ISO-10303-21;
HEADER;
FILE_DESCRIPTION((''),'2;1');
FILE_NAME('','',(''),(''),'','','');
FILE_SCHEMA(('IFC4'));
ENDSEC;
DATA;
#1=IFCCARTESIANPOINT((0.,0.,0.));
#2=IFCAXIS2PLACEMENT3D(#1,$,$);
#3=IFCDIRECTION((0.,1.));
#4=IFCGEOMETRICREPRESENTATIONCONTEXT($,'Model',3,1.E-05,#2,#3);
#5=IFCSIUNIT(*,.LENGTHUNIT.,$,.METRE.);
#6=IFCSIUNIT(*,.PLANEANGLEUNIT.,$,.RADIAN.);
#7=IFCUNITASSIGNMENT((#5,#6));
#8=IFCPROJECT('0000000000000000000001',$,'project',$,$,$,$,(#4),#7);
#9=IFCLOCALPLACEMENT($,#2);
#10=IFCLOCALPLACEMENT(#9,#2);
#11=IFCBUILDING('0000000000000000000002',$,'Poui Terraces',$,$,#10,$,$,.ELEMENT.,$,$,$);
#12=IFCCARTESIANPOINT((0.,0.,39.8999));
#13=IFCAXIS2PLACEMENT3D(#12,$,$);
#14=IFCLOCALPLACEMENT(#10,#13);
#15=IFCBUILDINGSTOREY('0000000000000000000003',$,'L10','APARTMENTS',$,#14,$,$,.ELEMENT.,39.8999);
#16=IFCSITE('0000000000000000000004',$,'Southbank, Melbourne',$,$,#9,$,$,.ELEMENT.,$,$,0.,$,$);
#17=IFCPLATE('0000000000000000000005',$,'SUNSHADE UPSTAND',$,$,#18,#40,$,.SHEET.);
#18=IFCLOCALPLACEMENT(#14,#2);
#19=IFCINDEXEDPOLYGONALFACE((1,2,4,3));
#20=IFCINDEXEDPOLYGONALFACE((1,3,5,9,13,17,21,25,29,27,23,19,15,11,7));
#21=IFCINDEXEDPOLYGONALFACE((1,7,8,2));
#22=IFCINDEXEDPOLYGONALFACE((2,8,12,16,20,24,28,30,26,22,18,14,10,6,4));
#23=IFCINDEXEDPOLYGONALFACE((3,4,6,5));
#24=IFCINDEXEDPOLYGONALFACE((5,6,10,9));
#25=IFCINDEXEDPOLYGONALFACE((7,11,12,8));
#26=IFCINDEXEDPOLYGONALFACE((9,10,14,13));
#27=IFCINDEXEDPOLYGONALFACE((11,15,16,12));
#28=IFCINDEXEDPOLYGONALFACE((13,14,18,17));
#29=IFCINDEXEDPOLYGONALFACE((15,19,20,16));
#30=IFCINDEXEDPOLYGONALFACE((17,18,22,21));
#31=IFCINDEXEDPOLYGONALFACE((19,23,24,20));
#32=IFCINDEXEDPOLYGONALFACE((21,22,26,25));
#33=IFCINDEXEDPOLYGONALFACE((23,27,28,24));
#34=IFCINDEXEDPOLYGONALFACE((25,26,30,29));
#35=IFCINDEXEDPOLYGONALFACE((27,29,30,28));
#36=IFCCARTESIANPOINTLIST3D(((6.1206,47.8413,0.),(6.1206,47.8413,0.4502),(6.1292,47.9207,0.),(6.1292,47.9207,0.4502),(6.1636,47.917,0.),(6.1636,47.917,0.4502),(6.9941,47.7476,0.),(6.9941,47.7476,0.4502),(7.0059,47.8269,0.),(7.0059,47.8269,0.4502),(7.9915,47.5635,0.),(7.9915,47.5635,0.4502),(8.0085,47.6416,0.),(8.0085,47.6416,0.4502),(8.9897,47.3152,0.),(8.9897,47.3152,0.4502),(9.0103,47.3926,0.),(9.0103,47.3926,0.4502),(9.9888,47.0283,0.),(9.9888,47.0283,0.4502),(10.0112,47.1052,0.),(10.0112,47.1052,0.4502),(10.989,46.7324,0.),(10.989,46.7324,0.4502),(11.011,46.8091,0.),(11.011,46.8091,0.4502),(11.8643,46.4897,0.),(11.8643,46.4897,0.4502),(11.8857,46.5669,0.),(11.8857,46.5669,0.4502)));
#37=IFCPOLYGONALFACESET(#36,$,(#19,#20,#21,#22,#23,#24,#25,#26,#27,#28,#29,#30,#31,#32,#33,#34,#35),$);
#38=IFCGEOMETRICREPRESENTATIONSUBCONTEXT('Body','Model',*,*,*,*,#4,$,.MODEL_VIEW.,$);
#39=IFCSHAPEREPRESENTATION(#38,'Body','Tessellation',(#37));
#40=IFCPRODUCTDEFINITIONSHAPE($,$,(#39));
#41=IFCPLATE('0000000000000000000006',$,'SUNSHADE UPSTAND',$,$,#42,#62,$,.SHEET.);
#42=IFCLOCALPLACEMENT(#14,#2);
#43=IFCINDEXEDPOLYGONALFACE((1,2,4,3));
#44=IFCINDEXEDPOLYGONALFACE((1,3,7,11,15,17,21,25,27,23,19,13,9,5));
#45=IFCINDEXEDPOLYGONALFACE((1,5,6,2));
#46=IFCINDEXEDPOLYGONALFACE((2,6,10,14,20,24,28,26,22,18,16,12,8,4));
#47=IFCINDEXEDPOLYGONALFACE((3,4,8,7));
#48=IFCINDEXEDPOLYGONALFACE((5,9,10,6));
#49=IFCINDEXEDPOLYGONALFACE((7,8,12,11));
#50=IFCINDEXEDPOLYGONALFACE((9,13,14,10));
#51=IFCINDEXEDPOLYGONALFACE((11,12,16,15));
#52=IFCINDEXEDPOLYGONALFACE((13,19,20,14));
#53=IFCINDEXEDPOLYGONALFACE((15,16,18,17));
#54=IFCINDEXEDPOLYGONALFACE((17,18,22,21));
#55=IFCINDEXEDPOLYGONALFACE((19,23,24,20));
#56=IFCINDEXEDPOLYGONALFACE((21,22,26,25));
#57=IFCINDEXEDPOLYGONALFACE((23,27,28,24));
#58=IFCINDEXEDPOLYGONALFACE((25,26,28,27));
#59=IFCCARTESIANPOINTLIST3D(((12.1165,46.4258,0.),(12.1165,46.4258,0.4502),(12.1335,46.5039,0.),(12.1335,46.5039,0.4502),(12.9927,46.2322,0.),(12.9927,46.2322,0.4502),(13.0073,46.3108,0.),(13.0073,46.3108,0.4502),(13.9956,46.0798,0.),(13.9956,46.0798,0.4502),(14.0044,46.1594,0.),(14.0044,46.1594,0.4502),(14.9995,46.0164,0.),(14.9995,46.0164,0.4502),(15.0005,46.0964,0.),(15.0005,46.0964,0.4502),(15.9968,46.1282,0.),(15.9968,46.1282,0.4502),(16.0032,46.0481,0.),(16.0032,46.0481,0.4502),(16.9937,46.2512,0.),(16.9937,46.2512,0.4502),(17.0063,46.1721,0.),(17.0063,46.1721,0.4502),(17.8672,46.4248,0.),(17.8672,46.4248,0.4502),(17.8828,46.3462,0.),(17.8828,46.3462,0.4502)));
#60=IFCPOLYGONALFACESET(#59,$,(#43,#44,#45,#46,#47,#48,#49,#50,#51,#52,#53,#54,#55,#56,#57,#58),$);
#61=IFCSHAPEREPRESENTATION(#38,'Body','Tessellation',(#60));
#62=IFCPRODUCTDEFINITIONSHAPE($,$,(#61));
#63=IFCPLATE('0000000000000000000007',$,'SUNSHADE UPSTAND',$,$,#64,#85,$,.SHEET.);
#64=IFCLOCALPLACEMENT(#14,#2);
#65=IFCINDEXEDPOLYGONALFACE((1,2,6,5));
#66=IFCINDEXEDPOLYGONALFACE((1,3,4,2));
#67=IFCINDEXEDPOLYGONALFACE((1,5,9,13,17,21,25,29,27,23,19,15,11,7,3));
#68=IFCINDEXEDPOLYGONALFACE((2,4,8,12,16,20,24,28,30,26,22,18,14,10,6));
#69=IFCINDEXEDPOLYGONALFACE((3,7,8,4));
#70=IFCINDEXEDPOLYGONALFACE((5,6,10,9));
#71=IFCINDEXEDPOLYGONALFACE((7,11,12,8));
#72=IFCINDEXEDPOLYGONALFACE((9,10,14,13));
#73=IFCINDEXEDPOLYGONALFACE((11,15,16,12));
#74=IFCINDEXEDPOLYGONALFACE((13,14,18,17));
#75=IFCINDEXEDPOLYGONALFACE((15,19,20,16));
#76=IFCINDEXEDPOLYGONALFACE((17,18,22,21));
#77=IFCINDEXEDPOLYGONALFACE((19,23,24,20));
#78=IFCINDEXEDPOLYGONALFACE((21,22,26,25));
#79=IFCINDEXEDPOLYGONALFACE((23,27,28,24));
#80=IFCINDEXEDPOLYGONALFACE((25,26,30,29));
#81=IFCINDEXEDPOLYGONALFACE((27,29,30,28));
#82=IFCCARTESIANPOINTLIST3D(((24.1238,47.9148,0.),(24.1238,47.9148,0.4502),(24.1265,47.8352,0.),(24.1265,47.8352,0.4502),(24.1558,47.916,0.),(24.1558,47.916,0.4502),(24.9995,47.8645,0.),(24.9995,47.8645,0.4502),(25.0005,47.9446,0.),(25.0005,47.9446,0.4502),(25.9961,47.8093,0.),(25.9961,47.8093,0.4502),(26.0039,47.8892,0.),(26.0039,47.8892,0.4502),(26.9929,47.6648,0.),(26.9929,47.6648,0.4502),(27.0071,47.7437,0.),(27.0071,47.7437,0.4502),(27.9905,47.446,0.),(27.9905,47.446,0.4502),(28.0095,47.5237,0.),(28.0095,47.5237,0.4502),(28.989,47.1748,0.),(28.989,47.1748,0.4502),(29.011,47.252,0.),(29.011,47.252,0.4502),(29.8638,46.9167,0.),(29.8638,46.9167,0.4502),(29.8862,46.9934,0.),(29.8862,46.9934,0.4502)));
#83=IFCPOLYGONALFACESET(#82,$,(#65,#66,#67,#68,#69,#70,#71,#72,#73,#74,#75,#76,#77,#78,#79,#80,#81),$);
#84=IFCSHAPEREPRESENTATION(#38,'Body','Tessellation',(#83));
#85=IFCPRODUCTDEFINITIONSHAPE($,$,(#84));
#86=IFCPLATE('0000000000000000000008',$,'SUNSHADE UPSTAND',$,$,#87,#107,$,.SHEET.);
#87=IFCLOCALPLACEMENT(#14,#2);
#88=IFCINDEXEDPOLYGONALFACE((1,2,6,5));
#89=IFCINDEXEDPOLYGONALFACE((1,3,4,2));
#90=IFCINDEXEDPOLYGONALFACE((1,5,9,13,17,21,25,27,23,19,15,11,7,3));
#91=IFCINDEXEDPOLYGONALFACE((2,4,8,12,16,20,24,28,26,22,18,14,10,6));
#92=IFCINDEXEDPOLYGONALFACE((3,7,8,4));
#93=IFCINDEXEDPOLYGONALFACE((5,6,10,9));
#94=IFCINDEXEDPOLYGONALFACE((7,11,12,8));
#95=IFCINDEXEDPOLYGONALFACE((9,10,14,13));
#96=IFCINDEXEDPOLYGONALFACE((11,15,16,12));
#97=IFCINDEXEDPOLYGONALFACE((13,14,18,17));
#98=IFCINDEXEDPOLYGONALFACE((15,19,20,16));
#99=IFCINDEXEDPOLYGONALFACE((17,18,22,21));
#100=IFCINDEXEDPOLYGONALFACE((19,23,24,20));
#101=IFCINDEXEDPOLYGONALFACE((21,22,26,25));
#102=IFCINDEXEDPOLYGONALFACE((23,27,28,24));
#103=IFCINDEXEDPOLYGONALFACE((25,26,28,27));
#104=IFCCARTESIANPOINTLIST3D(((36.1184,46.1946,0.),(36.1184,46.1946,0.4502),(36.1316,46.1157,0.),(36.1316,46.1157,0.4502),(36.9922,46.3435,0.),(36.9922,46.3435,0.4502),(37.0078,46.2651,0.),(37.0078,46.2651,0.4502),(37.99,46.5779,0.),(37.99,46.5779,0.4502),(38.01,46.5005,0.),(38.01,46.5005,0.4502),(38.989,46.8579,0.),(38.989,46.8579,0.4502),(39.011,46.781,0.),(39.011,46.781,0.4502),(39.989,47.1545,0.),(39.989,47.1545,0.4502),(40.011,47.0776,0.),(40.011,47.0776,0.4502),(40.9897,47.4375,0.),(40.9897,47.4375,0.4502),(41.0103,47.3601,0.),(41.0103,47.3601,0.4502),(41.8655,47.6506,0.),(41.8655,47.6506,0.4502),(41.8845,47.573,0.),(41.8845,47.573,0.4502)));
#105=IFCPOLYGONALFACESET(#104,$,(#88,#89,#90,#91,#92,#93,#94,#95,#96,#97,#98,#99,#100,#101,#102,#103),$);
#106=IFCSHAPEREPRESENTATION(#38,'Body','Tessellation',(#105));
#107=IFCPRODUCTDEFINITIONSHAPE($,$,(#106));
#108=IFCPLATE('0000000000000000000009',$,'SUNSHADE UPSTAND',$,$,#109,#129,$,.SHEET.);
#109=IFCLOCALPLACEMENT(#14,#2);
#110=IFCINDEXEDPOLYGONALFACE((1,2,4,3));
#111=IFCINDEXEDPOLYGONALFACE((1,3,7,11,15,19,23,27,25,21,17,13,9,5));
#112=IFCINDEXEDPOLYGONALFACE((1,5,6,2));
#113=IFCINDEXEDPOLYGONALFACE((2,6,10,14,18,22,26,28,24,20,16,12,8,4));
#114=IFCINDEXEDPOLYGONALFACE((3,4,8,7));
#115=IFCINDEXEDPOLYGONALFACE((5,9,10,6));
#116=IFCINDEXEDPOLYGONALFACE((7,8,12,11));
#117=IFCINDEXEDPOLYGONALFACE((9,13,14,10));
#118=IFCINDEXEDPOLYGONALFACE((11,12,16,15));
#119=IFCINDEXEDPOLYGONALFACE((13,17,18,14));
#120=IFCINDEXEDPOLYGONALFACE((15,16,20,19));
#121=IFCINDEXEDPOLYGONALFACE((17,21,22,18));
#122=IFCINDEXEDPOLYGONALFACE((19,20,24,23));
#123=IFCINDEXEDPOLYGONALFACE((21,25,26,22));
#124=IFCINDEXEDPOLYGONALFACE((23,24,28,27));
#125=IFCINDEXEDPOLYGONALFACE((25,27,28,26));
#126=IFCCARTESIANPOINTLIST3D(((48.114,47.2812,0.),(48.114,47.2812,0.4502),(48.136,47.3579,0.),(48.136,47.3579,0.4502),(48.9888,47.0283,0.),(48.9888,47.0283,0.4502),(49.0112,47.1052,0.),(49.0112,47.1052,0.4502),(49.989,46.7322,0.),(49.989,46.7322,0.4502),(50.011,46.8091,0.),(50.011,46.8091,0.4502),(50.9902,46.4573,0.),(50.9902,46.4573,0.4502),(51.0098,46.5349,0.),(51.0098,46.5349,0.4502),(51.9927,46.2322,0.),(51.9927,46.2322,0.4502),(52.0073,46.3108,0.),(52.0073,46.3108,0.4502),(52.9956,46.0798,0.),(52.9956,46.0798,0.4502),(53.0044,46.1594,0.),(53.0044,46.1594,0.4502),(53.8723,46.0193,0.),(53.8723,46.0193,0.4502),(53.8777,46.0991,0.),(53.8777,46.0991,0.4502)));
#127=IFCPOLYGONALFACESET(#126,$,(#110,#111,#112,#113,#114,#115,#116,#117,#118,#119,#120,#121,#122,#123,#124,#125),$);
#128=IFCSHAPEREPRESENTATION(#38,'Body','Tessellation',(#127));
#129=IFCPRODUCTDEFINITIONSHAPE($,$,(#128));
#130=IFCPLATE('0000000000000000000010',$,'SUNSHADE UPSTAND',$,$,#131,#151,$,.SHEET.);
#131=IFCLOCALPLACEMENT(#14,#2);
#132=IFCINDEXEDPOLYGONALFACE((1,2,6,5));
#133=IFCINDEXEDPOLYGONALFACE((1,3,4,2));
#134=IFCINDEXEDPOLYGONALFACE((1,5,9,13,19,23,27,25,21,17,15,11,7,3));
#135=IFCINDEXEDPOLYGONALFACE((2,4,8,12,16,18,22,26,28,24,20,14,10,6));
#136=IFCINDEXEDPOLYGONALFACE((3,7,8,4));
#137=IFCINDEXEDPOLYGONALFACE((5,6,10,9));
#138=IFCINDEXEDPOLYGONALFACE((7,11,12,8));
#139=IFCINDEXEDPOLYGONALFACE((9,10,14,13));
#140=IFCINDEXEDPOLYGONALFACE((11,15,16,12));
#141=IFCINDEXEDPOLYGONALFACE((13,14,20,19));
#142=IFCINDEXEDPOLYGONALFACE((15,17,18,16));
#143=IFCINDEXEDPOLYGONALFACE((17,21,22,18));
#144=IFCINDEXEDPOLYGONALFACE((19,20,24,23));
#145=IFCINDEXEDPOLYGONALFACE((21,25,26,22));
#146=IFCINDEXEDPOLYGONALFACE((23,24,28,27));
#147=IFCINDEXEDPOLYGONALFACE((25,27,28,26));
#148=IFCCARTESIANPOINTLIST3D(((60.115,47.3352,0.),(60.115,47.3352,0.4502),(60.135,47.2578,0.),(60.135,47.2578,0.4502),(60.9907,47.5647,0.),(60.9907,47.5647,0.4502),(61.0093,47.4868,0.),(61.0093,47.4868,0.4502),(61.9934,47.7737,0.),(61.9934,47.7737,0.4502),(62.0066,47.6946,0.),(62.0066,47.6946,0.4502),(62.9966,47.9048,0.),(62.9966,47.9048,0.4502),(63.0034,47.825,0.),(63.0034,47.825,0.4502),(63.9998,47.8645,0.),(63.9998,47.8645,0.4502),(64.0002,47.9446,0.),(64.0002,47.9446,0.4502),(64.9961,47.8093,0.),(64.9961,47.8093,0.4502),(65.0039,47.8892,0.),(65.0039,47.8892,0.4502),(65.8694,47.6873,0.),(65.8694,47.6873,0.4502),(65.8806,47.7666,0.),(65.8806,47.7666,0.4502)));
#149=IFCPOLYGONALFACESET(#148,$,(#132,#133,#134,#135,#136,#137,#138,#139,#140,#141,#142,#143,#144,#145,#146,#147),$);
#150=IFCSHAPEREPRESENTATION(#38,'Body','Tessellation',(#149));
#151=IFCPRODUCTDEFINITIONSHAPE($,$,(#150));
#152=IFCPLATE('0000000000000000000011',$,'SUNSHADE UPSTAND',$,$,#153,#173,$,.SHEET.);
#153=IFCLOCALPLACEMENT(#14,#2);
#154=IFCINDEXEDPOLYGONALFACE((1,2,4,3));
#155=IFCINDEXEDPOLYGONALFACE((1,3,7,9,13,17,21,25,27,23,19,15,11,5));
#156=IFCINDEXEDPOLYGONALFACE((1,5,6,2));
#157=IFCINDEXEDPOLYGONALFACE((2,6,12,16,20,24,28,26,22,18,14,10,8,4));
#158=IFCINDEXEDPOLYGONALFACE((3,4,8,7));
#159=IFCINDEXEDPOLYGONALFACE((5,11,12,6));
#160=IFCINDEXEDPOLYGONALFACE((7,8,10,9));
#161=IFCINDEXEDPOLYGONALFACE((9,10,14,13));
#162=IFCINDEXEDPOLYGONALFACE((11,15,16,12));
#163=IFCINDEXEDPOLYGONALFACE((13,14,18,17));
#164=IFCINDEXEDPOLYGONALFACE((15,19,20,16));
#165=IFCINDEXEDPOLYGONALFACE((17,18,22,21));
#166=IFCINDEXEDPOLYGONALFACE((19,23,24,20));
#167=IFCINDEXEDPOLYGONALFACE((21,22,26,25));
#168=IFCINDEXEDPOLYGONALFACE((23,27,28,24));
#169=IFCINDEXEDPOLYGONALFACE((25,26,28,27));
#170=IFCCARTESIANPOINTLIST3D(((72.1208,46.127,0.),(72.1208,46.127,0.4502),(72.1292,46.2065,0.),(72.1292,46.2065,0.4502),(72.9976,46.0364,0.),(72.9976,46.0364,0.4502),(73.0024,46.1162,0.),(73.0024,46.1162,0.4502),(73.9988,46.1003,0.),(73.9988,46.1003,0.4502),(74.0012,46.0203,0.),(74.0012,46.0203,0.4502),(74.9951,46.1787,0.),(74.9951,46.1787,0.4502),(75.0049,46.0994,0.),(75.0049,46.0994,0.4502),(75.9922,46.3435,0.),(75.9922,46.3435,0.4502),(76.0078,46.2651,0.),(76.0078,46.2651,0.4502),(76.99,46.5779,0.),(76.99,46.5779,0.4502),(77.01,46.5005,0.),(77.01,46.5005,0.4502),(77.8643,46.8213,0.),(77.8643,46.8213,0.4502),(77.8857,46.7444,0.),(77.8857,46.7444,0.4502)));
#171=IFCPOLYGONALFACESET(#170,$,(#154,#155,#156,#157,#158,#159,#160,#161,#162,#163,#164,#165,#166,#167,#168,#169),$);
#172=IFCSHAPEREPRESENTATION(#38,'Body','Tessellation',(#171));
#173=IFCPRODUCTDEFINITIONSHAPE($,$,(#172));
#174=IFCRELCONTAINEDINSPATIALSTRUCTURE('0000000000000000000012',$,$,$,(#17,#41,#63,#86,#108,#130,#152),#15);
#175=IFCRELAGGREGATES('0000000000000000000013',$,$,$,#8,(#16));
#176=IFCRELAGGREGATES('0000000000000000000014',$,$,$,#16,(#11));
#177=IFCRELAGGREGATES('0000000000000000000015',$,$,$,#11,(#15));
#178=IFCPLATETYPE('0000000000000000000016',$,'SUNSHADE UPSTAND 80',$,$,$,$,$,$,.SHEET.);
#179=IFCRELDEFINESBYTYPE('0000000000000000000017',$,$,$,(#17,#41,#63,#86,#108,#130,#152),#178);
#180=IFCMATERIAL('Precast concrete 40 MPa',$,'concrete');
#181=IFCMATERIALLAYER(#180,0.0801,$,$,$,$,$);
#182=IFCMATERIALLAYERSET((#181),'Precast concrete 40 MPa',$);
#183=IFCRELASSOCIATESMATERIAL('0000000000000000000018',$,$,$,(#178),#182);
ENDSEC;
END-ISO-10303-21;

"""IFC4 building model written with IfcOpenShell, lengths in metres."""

from ifc_helpers import new_model, si_unit, direction, frame, origin, place, context, subcontext, project, spatial, polyline, outline, extrude, material, layer, layer_set, type_object, element, save


model = new_model("IFC4")

# Units and contexts
model_context = context("Model", 3, precision=1e-05, world=origin(), true_north=direction((0.0, 1.0)))
body_context = subcontext(model_context, "Body", "Model", "MODEL_VIEW")
ifc_project = project(units=[si_unit("LENGTHUNIT", "METRE"), si_unit("PLANEANGLEUNIT", "RADIAN")], contexts=[model_context])

# Site, building, storey
site_placement = place(None, origin())
site = spatial("IfcSite", under=ifc_project, at=site_placement, Name="Southbank, Melbourne", CompositionType="ELEMENT", RefElevation=0.0)
building_placement = place(site_placement, origin())
building = spatial("IfcBuilding", under=site, at=building_placement, Name="Poui Terraces", CompositionType="ELEMENT")
storey_placement = place(building_placement, frame((0.0, 0.0, 39.8999)))
storey = spatial("IfcBuildingStorey", under=building, at=storey_placement, Name="L10", Description="APARTMENTS", CompositionType="ELEMENT", Elevation=39.8999)

# Shared definitions
ifc_material_1 = material(Name="Precast concrete 40 MPa", Category="concrete")

# Plates
ifc_layer_1 = layer(ifc_material_1, 0.0801)
ifc_layer_set_1 = layer_set([ifc_layer_1], Name="Precast concrete 40 MPa")
plate_type = type_object("IfcPlateType", Name="SUNSHADE UPSTAND 80", PredefinedType="SHEET", material=ifc_layer_set_1)
plate_1_placement = place(storey_placement, origin())
element("IfcPlate", 1, at=plate_1_placement, inside=storey, type_object=plate_type, Name="SUNSHADE UPSTAND", PredefinedType="SHEET", context=body_context, shape_type="SweptSolid", body=[
    extrude(outline(polyline([(7.0059, 47.8269), (6.1636, 47.917), (6.1292, 47.9207), (6.1206, 47.8413), (6.9941, 47.7476), (7.9915, 47.5635), (8.9897, 47.3152), (9.9888, 47.0283), (10.989, 46.7324), (11.8643, 46.4897), (11.8857, 46.5669), (11.011, 46.8091), (10.0112, 47.1052), (9.0103, 47.3926), (8.0085, 47.6416), (7.0059, 47.8269)])), origin(), (0.0, 0.0, 1.0), 0.4502),
])
plate_2_placement = place(storey_placement, origin())
element("IfcPlate", 2, at=plate_2_placement, inside=storey, type_object=plate_type, Name="SUNSHADE UPSTAND", PredefinedType="SHEET", context=body_context, shape_type="SweptSolid", body=[
    extrude(outline(polyline([(13.0073, 46.3108), (12.1335, 46.5039), (12.1165, 46.4258), (12.9927, 46.2322), (13.9956, 46.0798), (14.9995, 46.0164), (16.0032, 46.0481), (17.0063, 46.1721), (17.8828, 46.3462), (17.8672, 46.4248), (16.9937, 46.2512), (15.9968, 46.1282), (15.0005, 46.0964), (14.0044, 46.1594), (13.0073, 46.3108)])), origin(), (0.0, 0.0, 1.0), 0.4502),
])
plate_3_placement = place(storey_placement, origin())
element("IfcPlate", 3, at=plate_3_placement, inside=storey, type_object=plate_type, Name="SUNSHADE UPSTAND", PredefinedType="SHEET", context=body_context, shape_type="SweptSolid", body=[
    extrude(outline(polyline([(25.0005, 47.9446), (24.1558, 47.916), (24.1238, 47.9148), (24.1265, 47.8352), (24.9995, 47.8645), (25.9961, 47.8093), (26.9929, 47.6648), (27.9905, 47.446), (28.989, 47.1748), (29.8638, 46.9167), (29.8862, 46.9934), (29.011, 47.252), (28.0095, 47.5237), (27.0071, 47.7437), (26.0039, 47.8892), (25.0005, 47.9446)])), origin(), (0.0, 0.0, 1.0), 0.4502),
])
plate_4_placement = place(storey_placement, origin())
element("IfcPlate", 4, at=plate_4_placement, inside=storey, type_object=plate_type, Name="SUNSHADE UPSTAND", PredefinedType="SHEET", context=body_context, shape_type="SweptSolid", body=[
    extrude(outline(polyline([(36.9922, 46.3435), (36.1184, 46.1946), (36.1316, 46.1157), (37.0078, 46.2651), (38.01, 46.5005), (39.011, 46.781), (40.011, 47.0776), (41.0103, 47.3601), (41.8845, 47.573), (41.8655, 47.6506), (40.9897, 47.4375), (39.989, 47.1545), (38.989, 46.8579), (37.99, 46.5779), (36.9922, 46.3435)])), origin(), (0.0, 0.0, 1.0), 0.4502),
])
plate_5_placement = place(storey_placement, origin())
element("IfcPlate", 5, at=plate_5_placement, inside=storey, type_object=plate_type, Name="SUNSHADE UPSTAND", PredefinedType="SHEET", context=body_context, shape_type="SweptSolid", body=[
    extrude(outline(polyline([(49.0112, 47.1052), (48.136, 47.3579), (48.114, 47.2812), (48.9888, 47.0283), (49.989, 46.7322), (50.9902, 46.4573), (51.9927, 46.2322), (52.9956, 46.0798), (53.8723, 46.0193), (53.8777, 46.0991), (53.0044, 46.1594), (52.0073, 46.3108), (51.0098, 46.5349), (50.011, 46.8091), (49.0112, 47.1052)])), origin(), (0.0, 0.0, 1.0), 0.4502),
])
plate_6_placement = place(storey_placement, origin())
element("IfcPlate", 6, at=plate_6_placement, inside=storey, type_object=plate_type, Name="SUNSHADE UPSTAND", PredefinedType="SHEET", context=body_context, shape_type="SweptSolid", body=[
    extrude(outline(polyline([(60.9907, 47.5647), (60.115, 47.3352), (60.135, 47.2578), (61.0093, 47.4868), (62.0066, 47.6946), (63.0034, 47.825), (63.9998, 47.8645), (64.9961, 47.8093), (65.8694, 47.6873), (65.8806, 47.7666), (65.0039, 47.8892), (64.0002, 47.9446), (62.9966, 47.9048), (61.9934, 47.7737), (60.9907, 47.5647)])), origin(), (0.0, 0.0, 1.0), 0.4502),
])
plate_7_placement = place(storey_placement, origin())
element("IfcPlate", 7, at=plate_7_placement, inside=storey, type_object=plate_type, Name="SUNSHADE UPSTAND", PredefinedType="SHEET", context=body_context, shape_type="SweptSolid", body=[
    extrude(outline(polyline([(73.0024, 46.1162), (72.1292, 46.2065), (72.1208, 46.127), (72.9976, 46.0364), (74.0012, 46.0203), (75.0049, 46.0994), (76.0078, 46.2651), (77.01, 46.5005), (77.8857, 46.7444), (77.8643, 46.8213), (76.99, 46.5779), (75.9922, 46.3435), (74.9951, 46.1787), (73.9988, 46.1003), (73.0024, 46.1162)])), origin(), (0.0, 0.0, 1.0), 0.4502),
])

save(model, "model.ifc")
